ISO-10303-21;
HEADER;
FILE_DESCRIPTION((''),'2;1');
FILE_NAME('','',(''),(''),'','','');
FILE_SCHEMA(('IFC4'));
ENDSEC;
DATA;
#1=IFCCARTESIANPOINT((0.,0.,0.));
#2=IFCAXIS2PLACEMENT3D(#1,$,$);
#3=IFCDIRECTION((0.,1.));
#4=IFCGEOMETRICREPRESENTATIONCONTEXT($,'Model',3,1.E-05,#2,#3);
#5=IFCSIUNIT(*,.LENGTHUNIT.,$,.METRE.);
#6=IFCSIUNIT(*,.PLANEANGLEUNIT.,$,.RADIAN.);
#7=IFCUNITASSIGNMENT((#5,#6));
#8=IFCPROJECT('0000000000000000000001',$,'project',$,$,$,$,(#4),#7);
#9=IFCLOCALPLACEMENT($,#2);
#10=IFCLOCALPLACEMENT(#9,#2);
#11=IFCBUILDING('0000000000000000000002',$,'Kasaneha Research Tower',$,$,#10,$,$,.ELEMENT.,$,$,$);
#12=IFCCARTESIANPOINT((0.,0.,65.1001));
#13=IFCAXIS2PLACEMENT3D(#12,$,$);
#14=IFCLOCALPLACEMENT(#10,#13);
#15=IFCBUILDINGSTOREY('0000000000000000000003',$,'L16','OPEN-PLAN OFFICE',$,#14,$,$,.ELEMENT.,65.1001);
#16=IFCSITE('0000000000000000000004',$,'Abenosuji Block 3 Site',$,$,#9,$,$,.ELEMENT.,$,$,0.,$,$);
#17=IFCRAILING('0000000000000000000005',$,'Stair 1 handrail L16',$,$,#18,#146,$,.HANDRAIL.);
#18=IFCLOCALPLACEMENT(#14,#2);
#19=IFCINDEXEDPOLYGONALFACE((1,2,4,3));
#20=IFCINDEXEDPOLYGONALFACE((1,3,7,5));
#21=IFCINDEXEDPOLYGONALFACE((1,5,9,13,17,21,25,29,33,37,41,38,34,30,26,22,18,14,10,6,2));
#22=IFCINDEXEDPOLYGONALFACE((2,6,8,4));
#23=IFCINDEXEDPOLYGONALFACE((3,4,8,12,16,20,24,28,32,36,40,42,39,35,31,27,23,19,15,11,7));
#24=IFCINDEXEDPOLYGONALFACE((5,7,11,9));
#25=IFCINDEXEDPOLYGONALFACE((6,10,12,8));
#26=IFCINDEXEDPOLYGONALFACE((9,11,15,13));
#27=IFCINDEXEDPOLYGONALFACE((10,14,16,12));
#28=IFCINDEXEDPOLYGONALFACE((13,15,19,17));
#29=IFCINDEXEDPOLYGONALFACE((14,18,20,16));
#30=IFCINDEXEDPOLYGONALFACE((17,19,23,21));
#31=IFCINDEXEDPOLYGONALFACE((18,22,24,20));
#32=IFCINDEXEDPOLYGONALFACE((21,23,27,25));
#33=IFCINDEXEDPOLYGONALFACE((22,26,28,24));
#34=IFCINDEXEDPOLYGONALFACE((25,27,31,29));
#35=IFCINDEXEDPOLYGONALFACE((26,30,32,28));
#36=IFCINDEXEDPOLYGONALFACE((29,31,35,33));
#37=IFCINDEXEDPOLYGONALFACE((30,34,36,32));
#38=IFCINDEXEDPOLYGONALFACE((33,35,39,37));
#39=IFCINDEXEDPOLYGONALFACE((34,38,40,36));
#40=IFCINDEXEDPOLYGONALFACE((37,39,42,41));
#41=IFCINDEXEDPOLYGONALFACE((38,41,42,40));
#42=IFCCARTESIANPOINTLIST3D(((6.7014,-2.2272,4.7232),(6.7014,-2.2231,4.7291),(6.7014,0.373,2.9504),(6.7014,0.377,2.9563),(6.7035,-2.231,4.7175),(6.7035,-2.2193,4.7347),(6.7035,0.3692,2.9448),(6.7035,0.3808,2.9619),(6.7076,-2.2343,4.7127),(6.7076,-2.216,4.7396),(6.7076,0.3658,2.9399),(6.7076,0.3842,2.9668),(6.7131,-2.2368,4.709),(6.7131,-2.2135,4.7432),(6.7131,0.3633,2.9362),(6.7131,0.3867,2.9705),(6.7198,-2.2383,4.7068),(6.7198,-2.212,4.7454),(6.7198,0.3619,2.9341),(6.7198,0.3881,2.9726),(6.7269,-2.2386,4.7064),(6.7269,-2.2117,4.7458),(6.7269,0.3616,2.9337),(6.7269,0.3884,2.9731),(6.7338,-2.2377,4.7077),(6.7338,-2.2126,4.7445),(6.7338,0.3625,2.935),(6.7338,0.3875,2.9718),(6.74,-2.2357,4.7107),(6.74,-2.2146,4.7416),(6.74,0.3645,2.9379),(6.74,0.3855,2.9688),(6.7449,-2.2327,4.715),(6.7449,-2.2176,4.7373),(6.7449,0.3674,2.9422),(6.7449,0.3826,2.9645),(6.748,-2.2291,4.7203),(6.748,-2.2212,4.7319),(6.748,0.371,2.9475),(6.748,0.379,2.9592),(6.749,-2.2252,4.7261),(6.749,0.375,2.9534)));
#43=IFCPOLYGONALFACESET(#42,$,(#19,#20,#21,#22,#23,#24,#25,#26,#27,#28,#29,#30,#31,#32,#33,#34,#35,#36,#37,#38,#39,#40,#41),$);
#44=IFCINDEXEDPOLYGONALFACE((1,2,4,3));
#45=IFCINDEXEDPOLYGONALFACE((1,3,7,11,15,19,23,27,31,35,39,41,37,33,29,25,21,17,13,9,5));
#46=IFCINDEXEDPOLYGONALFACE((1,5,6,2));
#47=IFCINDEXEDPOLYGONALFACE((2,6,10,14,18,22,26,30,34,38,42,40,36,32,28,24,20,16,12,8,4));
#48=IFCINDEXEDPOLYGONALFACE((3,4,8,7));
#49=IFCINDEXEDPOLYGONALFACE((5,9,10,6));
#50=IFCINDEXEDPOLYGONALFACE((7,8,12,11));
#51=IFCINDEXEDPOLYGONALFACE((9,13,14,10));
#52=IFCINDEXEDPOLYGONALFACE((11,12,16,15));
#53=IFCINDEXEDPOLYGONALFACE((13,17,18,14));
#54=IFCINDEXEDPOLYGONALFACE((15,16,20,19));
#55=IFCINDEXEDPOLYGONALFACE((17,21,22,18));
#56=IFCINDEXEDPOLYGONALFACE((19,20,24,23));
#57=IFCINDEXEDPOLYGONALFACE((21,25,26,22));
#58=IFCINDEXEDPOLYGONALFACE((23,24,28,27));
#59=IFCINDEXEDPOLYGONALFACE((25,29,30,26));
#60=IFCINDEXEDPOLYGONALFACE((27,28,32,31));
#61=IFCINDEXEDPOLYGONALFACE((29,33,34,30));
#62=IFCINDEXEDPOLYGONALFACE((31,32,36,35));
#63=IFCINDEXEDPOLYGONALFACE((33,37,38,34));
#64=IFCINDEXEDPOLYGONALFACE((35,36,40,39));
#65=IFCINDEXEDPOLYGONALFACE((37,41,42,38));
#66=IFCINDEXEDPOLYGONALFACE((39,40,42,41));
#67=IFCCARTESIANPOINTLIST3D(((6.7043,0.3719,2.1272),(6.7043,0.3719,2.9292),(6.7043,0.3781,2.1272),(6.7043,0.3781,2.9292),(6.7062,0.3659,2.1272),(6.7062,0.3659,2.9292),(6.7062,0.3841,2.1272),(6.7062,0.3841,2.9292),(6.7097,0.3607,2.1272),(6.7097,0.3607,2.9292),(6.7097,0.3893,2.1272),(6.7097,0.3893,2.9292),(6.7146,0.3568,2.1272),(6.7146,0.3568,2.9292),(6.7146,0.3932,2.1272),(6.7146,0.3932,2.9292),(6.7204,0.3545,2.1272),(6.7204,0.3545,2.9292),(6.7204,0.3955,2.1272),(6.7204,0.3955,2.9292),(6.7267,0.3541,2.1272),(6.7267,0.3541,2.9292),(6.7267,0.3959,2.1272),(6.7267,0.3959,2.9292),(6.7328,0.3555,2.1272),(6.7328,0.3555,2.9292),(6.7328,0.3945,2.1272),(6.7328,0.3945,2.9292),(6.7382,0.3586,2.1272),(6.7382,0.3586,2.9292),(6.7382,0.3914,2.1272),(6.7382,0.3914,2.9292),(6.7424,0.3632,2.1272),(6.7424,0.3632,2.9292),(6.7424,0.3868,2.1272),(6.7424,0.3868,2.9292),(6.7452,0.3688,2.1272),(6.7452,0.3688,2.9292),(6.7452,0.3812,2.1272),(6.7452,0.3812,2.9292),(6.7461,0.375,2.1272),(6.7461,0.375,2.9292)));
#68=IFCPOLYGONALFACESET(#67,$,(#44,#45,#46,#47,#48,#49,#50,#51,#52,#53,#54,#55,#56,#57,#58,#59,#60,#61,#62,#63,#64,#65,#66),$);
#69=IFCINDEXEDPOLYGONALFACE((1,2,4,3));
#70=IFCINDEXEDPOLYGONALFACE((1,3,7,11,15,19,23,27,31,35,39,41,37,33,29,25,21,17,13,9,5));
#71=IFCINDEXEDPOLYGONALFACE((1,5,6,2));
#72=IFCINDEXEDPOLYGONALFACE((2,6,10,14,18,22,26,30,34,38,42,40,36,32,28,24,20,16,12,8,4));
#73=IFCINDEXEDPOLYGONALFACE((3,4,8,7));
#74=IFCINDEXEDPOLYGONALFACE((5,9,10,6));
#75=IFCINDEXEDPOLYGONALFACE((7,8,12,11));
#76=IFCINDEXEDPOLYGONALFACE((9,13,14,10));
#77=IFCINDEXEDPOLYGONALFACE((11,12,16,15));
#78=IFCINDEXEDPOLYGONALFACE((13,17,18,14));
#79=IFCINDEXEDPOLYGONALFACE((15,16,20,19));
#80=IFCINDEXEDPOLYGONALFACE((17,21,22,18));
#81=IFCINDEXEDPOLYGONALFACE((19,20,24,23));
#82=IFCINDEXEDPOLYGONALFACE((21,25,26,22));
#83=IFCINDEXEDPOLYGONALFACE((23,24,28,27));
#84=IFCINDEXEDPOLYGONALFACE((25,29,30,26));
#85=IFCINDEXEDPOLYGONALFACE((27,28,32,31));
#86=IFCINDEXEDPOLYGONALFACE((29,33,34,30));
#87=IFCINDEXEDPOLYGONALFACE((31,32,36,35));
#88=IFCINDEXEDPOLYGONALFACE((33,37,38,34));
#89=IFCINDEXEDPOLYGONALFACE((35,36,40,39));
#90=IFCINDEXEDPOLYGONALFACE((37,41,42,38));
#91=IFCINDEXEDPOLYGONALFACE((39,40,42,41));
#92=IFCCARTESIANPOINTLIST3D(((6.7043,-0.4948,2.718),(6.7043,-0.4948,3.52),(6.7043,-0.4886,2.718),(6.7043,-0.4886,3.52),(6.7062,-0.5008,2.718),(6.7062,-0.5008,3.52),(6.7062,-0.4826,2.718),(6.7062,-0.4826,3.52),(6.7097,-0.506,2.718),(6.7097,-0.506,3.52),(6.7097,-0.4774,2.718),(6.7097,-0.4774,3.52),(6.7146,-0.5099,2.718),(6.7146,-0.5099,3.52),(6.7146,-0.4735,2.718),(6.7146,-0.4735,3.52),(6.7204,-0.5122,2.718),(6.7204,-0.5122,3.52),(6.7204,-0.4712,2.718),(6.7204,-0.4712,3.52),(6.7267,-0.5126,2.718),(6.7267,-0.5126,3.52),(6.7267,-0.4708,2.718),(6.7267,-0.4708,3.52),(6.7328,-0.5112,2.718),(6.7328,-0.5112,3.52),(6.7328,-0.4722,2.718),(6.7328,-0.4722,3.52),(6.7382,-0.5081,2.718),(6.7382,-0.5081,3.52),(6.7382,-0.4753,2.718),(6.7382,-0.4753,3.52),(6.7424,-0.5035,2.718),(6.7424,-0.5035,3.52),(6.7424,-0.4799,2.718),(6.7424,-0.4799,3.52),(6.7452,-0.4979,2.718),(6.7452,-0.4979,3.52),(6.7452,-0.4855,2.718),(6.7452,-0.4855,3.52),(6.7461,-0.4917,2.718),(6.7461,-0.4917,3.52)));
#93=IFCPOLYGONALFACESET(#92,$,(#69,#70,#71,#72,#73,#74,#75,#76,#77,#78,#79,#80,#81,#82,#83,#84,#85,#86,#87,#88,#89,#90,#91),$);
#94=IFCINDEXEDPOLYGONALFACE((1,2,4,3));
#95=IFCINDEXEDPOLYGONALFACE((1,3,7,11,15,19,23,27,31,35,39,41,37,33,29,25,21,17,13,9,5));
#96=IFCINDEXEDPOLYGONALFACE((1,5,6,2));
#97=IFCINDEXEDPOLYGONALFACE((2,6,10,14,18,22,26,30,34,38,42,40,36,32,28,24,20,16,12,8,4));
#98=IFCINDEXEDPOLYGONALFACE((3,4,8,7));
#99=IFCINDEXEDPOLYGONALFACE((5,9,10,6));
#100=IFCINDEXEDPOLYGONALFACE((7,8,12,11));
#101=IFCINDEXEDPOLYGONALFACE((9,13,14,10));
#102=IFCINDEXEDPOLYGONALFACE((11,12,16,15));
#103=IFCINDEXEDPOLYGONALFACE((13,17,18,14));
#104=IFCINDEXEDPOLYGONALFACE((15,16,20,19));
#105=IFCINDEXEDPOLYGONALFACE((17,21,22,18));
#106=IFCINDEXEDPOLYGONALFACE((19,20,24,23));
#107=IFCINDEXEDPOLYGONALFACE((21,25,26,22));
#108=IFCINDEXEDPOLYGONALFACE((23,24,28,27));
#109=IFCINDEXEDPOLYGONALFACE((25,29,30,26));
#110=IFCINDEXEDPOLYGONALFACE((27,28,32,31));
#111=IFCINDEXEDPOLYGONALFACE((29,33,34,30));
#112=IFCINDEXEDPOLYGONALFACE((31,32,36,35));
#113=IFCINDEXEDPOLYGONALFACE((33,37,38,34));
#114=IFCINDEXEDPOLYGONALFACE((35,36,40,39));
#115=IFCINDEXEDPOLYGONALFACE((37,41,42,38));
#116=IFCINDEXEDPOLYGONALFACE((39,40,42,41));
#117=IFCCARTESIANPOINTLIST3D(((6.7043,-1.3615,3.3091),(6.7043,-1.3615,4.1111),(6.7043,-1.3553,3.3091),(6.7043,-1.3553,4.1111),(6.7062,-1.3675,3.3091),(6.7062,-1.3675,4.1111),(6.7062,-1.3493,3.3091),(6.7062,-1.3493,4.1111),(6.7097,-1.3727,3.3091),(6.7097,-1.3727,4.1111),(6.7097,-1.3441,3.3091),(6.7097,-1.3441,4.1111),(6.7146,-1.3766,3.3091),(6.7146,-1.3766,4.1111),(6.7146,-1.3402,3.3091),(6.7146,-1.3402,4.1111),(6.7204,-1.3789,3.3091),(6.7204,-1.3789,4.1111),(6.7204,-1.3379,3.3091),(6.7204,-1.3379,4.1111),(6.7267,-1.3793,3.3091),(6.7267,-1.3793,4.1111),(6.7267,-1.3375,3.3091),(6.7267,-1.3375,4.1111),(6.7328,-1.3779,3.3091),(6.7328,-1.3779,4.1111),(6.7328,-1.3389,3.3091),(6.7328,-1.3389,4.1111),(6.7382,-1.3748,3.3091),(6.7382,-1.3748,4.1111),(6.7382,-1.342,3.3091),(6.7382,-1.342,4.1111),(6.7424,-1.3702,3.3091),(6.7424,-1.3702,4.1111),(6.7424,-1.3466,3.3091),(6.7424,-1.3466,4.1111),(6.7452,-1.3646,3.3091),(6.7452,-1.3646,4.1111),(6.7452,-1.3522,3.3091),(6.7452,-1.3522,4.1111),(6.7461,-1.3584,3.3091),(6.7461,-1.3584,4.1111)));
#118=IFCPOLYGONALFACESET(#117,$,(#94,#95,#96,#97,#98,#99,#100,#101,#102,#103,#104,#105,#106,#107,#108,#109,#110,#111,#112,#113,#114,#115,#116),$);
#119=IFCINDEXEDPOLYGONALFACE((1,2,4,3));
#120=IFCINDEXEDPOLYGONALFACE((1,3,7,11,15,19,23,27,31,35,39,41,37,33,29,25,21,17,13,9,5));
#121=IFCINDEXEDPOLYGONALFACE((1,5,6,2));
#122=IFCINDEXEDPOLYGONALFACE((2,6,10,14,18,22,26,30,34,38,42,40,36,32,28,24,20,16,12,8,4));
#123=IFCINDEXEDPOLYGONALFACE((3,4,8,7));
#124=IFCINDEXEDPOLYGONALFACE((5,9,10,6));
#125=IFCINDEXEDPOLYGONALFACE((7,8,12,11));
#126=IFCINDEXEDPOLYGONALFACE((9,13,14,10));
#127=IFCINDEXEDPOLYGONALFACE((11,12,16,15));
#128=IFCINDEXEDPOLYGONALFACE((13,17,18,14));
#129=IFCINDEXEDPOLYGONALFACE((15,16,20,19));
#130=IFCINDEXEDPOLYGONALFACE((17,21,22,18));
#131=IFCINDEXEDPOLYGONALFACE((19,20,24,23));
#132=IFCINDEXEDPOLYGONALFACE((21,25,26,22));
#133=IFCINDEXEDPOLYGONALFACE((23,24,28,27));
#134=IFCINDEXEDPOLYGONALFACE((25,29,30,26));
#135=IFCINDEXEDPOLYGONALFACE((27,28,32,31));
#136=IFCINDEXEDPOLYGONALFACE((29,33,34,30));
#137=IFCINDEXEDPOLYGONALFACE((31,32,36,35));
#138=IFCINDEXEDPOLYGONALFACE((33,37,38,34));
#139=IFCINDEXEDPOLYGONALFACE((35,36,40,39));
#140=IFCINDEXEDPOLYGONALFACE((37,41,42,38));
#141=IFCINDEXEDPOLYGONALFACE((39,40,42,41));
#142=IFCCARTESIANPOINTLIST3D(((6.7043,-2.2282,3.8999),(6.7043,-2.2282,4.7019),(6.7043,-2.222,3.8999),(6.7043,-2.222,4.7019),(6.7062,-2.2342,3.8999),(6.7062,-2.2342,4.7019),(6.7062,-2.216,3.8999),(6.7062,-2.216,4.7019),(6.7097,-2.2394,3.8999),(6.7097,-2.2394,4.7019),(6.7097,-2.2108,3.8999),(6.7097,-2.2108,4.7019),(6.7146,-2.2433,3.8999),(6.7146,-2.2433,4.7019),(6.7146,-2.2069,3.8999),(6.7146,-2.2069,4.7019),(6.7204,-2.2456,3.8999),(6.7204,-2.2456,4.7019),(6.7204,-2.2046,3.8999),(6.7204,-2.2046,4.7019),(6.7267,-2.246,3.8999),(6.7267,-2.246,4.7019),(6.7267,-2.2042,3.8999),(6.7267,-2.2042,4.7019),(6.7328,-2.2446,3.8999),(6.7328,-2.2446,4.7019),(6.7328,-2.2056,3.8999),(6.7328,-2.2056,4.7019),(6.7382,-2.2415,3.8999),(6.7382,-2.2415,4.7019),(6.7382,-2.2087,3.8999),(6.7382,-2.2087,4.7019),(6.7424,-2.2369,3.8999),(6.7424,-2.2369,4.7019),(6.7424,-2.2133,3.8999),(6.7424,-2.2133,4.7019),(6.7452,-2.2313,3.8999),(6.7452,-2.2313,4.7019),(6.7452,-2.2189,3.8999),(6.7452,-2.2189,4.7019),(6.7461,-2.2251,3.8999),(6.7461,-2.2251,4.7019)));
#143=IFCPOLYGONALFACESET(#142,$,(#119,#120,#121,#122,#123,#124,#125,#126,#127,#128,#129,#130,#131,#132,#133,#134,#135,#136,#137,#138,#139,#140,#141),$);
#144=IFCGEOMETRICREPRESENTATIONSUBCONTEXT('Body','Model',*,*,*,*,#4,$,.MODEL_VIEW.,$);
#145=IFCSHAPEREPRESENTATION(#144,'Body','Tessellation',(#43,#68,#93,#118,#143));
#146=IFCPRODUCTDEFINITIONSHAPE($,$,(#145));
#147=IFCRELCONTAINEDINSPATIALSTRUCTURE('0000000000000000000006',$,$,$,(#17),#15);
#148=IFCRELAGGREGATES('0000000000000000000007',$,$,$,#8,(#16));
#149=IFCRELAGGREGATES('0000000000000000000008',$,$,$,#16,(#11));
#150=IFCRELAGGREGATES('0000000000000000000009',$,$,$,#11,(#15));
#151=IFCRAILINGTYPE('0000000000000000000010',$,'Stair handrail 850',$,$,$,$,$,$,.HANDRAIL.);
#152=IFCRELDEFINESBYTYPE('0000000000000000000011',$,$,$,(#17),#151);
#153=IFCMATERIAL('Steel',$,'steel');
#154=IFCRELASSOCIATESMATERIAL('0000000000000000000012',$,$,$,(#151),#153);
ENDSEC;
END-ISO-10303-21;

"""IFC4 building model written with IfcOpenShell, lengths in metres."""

from ifc_helpers import new_model, si_unit, direction, frame, origin, origin_2d, place, context, subcontext, project, spatial, circle, extrude, material, type_object, element, save


model = new_model("IFC4")

# Units and contexts
model_context = context("Model", 3, precision=1e-05, world=origin(), true_north=direction((0.0, 1.0)))
body_context = subcontext(model_context, "Body", "Model", "MODEL_VIEW")
ifc_project = project(units=[si_unit("LENGTHUNIT", "METRE"), si_unit("PLANEANGLEUNIT", "RADIAN")], contexts=[model_context])

# Site, building, storey
site_placement = place(None, origin())
site = spatial("IfcSite", under=ifc_project, at=site_placement, Name="Abenosuji Block 3 Site", CompositionType="ELEMENT", RefElevation=0.0)
building_placement = place(site_placement, origin())
building = spatial("IfcBuilding", under=site, at=building_placement, Name="Kasaneha Research Tower", CompositionType="ELEMENT")
storey_placement = place(building_placement, frame((0.0, 0.0, 65.1001)))
storey = spatial("IfcBuildingStorey", under=building, at=storey_placement, Name="L16", Description="OPEN-PLAN OFFICE", CompositionType="ELEMENT", Elevation=65.1001)

# Railing
ifc_material_1 = material(Name="Steel", Category="steel")
railing_type_1 = type_object("IfcRailingType", Name="Stair handrail 850", PredefinedType="HANDRAIL", material=ifc_material_1)
railing_1_placement = place(storey_placement, frame((6.7251, 0.375, 2.1272)))
element("IfcRailing", 1, at=railing_1_placement, inside=storey, type_object=railing_type_1, Name="Stair 1 handrail L16", PredefinedType="HANDRAIL", context=body_context, shape_type="SweptSolid", body=[
    extrude(circle(Radius=0.0239, at=origin_2d()), frame((0.0, 0.0, 0.8262), z_axis=(0.0, -0.82624, 0.563318), x_axis=(1.0, 0.0, 0.0)), (0.0, 0.0, 1.0), 3.147),
    extrude(circle(Radius=0.021, at=origin_2d()), origin(), (0.0, 0.0, 1.0), 0.802),
    extrude(circle(Radius=0.021, at=origin_2d()), frame((0.0, -0.8667, 0.5908)), (0.0, 0.0, 1.0), 0.802),
    extrude(circle(Radius=0.021, at=origin_2d()), frame((0.0, -1.7334, 1.1819)), (0.0, 0.0, 1.0), 0.802),
    extrude(circle(Radius=0.021, at=origin_2d()), frame((0.0, -2.6001, 1.7727)), (0.0, 0.0, 1.0), 0.802),
])

save(model, "model.ifc")
